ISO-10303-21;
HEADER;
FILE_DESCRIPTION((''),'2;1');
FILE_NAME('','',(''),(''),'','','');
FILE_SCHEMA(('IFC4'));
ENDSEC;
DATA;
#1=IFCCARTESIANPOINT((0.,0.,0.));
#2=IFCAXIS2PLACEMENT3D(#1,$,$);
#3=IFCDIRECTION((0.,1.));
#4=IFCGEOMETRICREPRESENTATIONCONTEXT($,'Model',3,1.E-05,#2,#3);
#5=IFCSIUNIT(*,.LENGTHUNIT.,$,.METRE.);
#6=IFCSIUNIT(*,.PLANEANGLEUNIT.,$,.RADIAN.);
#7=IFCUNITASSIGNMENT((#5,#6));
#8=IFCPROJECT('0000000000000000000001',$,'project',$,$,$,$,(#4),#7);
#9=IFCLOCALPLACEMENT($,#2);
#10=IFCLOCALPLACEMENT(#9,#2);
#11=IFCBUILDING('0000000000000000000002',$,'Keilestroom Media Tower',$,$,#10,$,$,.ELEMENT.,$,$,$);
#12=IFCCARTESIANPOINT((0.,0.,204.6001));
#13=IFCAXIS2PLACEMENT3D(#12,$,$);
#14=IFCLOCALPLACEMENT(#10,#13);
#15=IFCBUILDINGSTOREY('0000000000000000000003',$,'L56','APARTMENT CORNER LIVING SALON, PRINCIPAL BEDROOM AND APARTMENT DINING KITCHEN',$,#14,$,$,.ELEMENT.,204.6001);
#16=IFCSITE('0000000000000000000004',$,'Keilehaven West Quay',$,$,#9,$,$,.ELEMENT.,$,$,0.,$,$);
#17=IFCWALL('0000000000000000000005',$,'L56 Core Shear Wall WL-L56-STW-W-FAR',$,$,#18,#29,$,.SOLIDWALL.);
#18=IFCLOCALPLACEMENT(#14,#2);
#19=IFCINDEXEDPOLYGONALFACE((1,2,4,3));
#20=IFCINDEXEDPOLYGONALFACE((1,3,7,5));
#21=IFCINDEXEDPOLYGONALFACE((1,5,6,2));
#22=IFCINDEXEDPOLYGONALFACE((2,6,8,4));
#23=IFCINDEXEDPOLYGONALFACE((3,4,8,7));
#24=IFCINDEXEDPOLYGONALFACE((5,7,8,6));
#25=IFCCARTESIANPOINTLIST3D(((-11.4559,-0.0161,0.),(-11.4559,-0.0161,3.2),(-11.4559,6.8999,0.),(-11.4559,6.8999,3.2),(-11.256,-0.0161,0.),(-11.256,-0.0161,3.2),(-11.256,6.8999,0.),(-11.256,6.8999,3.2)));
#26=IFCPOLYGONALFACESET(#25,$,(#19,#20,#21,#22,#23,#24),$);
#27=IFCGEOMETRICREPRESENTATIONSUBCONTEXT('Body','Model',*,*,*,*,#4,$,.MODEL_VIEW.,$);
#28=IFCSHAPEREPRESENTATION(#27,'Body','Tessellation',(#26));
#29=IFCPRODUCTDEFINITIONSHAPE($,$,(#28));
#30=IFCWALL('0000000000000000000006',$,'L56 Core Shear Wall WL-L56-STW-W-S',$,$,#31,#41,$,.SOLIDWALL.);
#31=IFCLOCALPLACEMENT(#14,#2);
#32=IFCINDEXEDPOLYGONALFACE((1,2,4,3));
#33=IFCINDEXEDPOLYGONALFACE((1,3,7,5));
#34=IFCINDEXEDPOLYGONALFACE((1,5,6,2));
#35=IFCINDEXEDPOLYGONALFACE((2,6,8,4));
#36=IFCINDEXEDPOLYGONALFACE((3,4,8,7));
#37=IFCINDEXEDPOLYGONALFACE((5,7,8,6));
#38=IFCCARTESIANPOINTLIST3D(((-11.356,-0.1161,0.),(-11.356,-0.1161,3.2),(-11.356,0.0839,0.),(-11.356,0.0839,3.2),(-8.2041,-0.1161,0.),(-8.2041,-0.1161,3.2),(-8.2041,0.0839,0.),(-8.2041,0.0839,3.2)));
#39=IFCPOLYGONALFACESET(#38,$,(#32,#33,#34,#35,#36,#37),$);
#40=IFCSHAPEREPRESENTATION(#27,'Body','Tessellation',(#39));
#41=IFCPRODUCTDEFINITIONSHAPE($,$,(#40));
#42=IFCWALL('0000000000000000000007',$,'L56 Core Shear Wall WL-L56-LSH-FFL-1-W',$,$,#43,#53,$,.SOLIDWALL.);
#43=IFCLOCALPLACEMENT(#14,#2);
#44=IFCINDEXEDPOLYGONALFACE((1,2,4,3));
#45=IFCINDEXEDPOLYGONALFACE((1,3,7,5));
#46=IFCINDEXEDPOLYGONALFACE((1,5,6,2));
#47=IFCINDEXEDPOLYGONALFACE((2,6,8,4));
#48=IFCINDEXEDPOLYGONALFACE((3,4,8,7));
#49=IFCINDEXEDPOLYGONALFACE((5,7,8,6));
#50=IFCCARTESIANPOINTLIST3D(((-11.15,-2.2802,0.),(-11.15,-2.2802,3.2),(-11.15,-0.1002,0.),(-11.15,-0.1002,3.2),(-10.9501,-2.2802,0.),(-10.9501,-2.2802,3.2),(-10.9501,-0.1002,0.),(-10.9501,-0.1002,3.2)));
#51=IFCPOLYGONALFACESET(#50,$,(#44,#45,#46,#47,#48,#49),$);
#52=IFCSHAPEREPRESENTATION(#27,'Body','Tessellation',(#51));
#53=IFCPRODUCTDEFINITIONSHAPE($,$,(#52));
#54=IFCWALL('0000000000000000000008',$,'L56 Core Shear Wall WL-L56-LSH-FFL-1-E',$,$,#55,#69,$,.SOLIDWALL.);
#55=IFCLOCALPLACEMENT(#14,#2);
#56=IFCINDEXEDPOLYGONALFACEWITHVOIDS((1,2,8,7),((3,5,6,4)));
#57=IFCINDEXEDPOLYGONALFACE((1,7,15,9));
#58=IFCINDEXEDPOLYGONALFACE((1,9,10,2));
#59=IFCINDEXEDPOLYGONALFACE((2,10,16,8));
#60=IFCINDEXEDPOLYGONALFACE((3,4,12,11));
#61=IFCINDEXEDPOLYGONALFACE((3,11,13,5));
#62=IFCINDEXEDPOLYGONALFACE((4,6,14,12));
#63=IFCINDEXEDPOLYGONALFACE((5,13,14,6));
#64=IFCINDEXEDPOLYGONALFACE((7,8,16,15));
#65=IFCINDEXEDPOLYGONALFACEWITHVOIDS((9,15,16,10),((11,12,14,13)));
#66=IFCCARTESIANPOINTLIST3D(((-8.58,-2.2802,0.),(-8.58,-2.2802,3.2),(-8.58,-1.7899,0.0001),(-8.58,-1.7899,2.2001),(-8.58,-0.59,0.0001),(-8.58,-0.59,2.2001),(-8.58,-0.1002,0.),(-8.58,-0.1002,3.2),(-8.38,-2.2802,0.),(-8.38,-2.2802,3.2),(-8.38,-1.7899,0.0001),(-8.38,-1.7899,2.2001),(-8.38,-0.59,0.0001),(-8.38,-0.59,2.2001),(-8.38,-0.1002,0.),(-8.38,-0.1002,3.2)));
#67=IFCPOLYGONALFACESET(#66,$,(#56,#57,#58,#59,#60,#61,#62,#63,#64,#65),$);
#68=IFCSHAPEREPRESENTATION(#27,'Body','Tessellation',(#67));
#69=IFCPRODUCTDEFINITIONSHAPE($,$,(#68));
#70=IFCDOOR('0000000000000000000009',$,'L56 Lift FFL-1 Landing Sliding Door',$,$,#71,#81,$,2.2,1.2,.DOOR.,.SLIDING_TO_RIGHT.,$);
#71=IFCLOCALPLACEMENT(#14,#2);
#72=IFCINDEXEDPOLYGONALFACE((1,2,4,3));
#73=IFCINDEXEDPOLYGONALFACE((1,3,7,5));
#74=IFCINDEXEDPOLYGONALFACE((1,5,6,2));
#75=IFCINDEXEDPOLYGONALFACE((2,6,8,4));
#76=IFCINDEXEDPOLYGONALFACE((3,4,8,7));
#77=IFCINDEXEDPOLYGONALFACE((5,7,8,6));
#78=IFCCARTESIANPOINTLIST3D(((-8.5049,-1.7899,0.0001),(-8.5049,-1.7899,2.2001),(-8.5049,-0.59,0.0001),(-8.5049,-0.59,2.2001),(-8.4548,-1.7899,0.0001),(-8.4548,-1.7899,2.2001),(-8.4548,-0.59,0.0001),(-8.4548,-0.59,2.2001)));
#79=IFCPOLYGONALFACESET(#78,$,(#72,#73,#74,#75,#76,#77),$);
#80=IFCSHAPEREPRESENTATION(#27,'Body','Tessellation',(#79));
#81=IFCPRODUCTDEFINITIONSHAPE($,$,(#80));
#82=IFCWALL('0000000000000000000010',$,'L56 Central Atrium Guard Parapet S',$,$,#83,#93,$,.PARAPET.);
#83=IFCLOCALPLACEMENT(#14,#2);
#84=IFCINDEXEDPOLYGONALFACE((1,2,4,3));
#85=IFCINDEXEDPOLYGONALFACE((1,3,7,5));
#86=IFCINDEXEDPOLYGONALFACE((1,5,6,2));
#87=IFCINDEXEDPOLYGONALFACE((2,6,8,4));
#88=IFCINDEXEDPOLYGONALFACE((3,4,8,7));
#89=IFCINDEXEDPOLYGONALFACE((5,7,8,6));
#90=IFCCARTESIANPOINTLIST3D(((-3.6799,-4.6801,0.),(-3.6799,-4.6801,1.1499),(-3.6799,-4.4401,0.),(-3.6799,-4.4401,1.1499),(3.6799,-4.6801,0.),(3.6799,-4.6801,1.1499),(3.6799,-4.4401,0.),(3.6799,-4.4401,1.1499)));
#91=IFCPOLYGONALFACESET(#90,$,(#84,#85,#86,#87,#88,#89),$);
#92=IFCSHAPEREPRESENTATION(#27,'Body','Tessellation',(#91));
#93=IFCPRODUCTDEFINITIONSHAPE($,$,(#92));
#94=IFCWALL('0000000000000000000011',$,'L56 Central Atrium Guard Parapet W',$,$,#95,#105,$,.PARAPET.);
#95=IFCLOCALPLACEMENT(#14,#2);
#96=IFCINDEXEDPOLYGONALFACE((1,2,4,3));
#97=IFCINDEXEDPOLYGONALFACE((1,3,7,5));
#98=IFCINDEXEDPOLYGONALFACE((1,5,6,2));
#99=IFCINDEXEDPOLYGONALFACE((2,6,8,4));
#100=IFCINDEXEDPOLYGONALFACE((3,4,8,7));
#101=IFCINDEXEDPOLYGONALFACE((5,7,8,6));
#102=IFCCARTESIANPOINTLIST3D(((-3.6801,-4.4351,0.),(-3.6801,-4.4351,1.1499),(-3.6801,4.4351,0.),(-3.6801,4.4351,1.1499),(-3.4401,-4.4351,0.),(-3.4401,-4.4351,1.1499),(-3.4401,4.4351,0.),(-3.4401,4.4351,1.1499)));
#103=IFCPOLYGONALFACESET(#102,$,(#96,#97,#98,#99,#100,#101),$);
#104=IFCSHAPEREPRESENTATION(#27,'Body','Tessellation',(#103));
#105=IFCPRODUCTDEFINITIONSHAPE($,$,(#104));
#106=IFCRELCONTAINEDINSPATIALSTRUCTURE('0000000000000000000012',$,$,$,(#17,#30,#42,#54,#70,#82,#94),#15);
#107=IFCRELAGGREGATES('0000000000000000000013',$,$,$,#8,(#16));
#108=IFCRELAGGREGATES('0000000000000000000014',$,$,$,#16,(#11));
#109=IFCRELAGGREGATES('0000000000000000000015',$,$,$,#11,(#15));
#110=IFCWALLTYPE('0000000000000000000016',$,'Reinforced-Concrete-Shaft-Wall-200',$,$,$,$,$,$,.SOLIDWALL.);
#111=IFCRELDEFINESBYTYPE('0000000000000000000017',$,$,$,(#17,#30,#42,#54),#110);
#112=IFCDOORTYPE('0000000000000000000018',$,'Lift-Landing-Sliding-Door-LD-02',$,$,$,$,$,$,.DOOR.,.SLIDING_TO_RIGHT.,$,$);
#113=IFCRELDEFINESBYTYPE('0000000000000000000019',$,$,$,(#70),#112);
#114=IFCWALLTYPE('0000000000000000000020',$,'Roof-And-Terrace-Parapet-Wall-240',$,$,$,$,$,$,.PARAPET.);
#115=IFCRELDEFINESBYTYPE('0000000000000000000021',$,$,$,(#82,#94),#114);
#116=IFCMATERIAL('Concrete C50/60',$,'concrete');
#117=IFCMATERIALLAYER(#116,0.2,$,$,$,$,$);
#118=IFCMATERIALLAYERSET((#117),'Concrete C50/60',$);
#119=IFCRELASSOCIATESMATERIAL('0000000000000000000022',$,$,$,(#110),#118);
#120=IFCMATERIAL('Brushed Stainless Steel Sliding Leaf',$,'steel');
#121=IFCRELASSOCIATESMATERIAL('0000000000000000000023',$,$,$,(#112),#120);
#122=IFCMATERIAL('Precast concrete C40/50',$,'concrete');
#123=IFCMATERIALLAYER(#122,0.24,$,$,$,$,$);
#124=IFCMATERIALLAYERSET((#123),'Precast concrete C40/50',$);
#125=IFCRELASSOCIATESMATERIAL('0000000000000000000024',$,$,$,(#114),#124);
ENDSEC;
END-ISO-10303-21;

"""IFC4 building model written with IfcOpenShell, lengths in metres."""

from ifc_helpers import new_model, si_unit, direction, frame, frame_2d, origin, place, context, subcontext, project, spatial, rectangle, extrude, source, transform, mapped, material, layer, layer_set, type_object, element, fill, save


model = new_model("IFC4")

# Units and contexts
model_context = context("Model", 3, precision=1e-05, world=origin(), true_north=direction((0.0, 1.0)))
body_context = subcontext(model_context, "Body", "Model", "MODEL_VIEW")
ifc_project = project(units=[si_unit("LENGTHUNIT", "METRE"), si_unit("PLANEANGLEUNIT", "RADIAN")], contexts=[model_context])

# Site, building, storey
site_placement = place(None, origin())
site = spatial("IfcSite", under=ifc_project, at=site_placement, Name="Keilehaven West Quay", CompositionType="ELEMENT", RefElevation=0.0)
building_placement = place(site_placement, origin())
building = spatial("IfcBuilding", under=site, at=building_placement, Name="Keilestroom Media Tower", CompositionType="ELEMENT")
storey_placement = place(building_placement, frame((0.0, 0.0, 204.6001)))
storey = spatial("IfcBuildingStorey", under=building, at=storey_placement, Name="L56", Description="APARTMENT CORNER LIVING SALON, PRINCIPAL BEDROOM AND APARTMENT DINING KITCHEN", CompositionType="ELEMENT", Elevation=204.6001)

# Shared definitions
shared_shape_1 = source(origin(), body_context, "Body", "SweptSolid", [
    extrude(rectangle(XDim=1.2, YDim=2.2, at=frame_2d((0.6001, 1.1001))), frame((0.0, 0.0249, 0.0), z_axis=(0.0, -1.0, 0.0), x_axis=(1.0, 0.0, 0.0)), (0.0, 0.0, 1.0), 0.05),
])

# Shared definitions
ifc_material_1 = material(Name="Concrete C50/60", Category="concrete")
ifc_layer_1 = layer(ifc_material_1, 0.2)
ifc_layer_set_1 = layer_set([ifc_layer_1], Name="Concrete C50/60")
wall_type_1 = type_object("IfcWallType", Name="Reinforced-Concrete-Shaft-Wall-200", PredefinedType="SOLIDWALL", material=ifc_layer_set_1)

# Walls
wall_1_placement = place(storey_placement, frame((-11.356, -0.0161, 0.0), z_axis=(0.0, 0.0, 1.0), x_axis=(0.0, 1.0, 0.0)))
element("IfcWall", 1, at=wall_1_placement, inside=storey, type_object=wall_type_1, Name="L56 Core Shear Wall WL-L56-STW-W-FAR", PredefinedType="SOLIDWALL", context=body_context, shape_type="SweptSolid", body=[
    extrude(rectangle(XDim=6.916, YDim=0.2, at=frame_2d((3.458, 0.0))), origin(), (0.0, 0.0, 1.0), 3.2),
])
wall_2_placement = place(storey_placement, frame((-11.356, -0.0161, 0.0), z_axis=(0.0, 0.0, 1.0), x_axis=(1.0, 0.0, 0.0)))
element("IfcWall", 2, at=wall_2_placement, inside=storey, type_object=wall_type_1, Name="L56 Core Shear Wall WL-L56-STW-W-S", PredefinedType="SOLIDWALL", context=body_context, shape_type="SweptSolid", body=[
    extrude(rectangle(XDim=3.1519, YDim=0.2, at=frame_2d((1.5759, 0.0))), origin(), (0.0, 0.0, 1.0), 3.2),
])
wall_3_placement = place(storey_placement, frame((-11.05, -2.28, 0.0), z_axis=(0.0, 0.0, 1.0), x_axis=(0.0, 1.0, 0.0)))
element("IfcWall", 3, at=wall_3_placement, inside=storey, type_object=wall_type_1, Name="L56 Core Shear Wall WL-L56-LSH-FFL-1-W", PredefinedType="SOLIDWALL", context=body_context, shape_type="SweptSolid", body=[
    extrude(rectangle(XDim=2.1799, YDim=0.2, at=frame_2d((1.0898, 0.0))), origin(), (0.0, 0.0, 1.0), 3.2),
])

# Wall, opening, door
wall_4_placement = place(storey_placement, frame((-8.48, -2.28, 0.0), z_axis=(0.0, 0.0, 1.0), x_axis=(0.0, 1.0, 0.0)))
wall_4 = element("IfcWall", 4, at=wall_4_placement, inside=storey, type_object=wall_type_1, Name="L56 Core Shear Wall WL-L56-LSH-FFL-1-E", PredefinedType="SOLIDWALL", context=body_context, shape_type="SweptSolid", body=[
    extrude(rectangle(XDim=2.1799, YDim=0.2, at=frame_2d((1.0898, 0.0))), origin(), (0.0, 0.0, 1.0), 3.2),
])
opening_1_placement = place(wall_4_placement, frame((0.49, 0.0, 0.0)))
opening_1 = element("IfcOpeningElement", 5, at=opening_1_placement, cuts=wall_4, PredefinedType="OPENING", context=body_context, shape_type="SweptSolid", body=[
    extrude(rectangle(XDim=1.2, YDim=2.2, at=frame_2d((0.6001, 1.1001))), frame((0.0, 0.1099, 0.0), z_axis=(0.0, -1.0, 0.0), x_axis=(1.0, 0.0, 0.0)), (0.0, 0.0, 1.0), 0.22),
])
ifc_material_2 = material(Name="Brushed Stainless Steel Sliding Leaf", Category="steel")
door_type_1 = type_object("IfcDoorType", Name="Lift-Landing-Sliding-Door-LD-02", OperationType="SLIDING_TO_RIGHT", PredefinedType="DOOR", material=ifc_material_2)
door_1_placement = place(opening_1_placement, origin())
door_1 = element("IfcDoor", 6, at=door_1_placement, inside=storey, type_object=door_type_1, Name="L56 Lift FFL-1 Landing Sliding Door", OperationType="SLIDING_TO_RIGHT", OverallHeight=2.2, OverallWidth=1.2, PredefinedType="DOOR", context=body_context, shape_type="MappedRepresentation", body=[
    mapped(shared_shape_1, transform((0.0, 0.0, 0.0), x_axis=(1.0, 0.0, 0.0), y_axis=(0.0, 1.0, 0.0), z_axis=(0.0, 0.0, 1.0), scale=1.0)),
])
fill(opening_1, door_1)

# Walls
ifc_material_3 = material(Name="Precast concrete C40/50", Category="concrete")
ifc_layer_2 = layer(ifc_material_3, 0.24)
ifc_layer_set_2 = layer_set([ifc_layer_2], Name="Precast concrete C40/50")
wall_type_2 = type_object("IfcWallType", Name="Roof-And-Terrace-Parapet-Wall-240", PredefinedType="PARAPET", material=ifc_layer_set_2)
wall_5_placement = place(storey_placement, frame((-3.6799, -4.5601, 0.0), z_axis=(0.0, 0.0, 1.0), x_axis=(1.0, 0.0, 0.0)))
element("IfcWall", 7, at=wall_5_placement, inside=storey, type_object=wall_type_2, Name="L56 Central Atrium Guard Parapet S", PredefinedType="PARAPET", context=body_context, shape_type="SweptSolid", body=[
    extrude(rectangle(XDim=7.3599, YDim=0.24, at=frame_2d((3.6799, 0.0))), origin(), (0.0, 0.0, 1.0), 1.1499),
])
wall_6_placement = place(storey_placement, frame((-3.5601, -4.4351, 0.0), z_axis=(0.0, 0.0, 1.0), x_axis=(0.0, 1.0, 0.0)))
element("IfcWall", 8, at=wall_6_placement, inside=storey, type_object=wall_type_2, Name="L56 Central Atrium Guard Parapet W", PredefinedType="PARAPET", context=body_context, shape_type="SweptSolid", body=[
    extrude(rectangle(XDim=8.8701, YDim=0.24, at=frame_2d((4.4351, 0.0))), origin(), (0.0, 0.0, 1.0), 1.1499),
])

save(model, "model.ifc")
